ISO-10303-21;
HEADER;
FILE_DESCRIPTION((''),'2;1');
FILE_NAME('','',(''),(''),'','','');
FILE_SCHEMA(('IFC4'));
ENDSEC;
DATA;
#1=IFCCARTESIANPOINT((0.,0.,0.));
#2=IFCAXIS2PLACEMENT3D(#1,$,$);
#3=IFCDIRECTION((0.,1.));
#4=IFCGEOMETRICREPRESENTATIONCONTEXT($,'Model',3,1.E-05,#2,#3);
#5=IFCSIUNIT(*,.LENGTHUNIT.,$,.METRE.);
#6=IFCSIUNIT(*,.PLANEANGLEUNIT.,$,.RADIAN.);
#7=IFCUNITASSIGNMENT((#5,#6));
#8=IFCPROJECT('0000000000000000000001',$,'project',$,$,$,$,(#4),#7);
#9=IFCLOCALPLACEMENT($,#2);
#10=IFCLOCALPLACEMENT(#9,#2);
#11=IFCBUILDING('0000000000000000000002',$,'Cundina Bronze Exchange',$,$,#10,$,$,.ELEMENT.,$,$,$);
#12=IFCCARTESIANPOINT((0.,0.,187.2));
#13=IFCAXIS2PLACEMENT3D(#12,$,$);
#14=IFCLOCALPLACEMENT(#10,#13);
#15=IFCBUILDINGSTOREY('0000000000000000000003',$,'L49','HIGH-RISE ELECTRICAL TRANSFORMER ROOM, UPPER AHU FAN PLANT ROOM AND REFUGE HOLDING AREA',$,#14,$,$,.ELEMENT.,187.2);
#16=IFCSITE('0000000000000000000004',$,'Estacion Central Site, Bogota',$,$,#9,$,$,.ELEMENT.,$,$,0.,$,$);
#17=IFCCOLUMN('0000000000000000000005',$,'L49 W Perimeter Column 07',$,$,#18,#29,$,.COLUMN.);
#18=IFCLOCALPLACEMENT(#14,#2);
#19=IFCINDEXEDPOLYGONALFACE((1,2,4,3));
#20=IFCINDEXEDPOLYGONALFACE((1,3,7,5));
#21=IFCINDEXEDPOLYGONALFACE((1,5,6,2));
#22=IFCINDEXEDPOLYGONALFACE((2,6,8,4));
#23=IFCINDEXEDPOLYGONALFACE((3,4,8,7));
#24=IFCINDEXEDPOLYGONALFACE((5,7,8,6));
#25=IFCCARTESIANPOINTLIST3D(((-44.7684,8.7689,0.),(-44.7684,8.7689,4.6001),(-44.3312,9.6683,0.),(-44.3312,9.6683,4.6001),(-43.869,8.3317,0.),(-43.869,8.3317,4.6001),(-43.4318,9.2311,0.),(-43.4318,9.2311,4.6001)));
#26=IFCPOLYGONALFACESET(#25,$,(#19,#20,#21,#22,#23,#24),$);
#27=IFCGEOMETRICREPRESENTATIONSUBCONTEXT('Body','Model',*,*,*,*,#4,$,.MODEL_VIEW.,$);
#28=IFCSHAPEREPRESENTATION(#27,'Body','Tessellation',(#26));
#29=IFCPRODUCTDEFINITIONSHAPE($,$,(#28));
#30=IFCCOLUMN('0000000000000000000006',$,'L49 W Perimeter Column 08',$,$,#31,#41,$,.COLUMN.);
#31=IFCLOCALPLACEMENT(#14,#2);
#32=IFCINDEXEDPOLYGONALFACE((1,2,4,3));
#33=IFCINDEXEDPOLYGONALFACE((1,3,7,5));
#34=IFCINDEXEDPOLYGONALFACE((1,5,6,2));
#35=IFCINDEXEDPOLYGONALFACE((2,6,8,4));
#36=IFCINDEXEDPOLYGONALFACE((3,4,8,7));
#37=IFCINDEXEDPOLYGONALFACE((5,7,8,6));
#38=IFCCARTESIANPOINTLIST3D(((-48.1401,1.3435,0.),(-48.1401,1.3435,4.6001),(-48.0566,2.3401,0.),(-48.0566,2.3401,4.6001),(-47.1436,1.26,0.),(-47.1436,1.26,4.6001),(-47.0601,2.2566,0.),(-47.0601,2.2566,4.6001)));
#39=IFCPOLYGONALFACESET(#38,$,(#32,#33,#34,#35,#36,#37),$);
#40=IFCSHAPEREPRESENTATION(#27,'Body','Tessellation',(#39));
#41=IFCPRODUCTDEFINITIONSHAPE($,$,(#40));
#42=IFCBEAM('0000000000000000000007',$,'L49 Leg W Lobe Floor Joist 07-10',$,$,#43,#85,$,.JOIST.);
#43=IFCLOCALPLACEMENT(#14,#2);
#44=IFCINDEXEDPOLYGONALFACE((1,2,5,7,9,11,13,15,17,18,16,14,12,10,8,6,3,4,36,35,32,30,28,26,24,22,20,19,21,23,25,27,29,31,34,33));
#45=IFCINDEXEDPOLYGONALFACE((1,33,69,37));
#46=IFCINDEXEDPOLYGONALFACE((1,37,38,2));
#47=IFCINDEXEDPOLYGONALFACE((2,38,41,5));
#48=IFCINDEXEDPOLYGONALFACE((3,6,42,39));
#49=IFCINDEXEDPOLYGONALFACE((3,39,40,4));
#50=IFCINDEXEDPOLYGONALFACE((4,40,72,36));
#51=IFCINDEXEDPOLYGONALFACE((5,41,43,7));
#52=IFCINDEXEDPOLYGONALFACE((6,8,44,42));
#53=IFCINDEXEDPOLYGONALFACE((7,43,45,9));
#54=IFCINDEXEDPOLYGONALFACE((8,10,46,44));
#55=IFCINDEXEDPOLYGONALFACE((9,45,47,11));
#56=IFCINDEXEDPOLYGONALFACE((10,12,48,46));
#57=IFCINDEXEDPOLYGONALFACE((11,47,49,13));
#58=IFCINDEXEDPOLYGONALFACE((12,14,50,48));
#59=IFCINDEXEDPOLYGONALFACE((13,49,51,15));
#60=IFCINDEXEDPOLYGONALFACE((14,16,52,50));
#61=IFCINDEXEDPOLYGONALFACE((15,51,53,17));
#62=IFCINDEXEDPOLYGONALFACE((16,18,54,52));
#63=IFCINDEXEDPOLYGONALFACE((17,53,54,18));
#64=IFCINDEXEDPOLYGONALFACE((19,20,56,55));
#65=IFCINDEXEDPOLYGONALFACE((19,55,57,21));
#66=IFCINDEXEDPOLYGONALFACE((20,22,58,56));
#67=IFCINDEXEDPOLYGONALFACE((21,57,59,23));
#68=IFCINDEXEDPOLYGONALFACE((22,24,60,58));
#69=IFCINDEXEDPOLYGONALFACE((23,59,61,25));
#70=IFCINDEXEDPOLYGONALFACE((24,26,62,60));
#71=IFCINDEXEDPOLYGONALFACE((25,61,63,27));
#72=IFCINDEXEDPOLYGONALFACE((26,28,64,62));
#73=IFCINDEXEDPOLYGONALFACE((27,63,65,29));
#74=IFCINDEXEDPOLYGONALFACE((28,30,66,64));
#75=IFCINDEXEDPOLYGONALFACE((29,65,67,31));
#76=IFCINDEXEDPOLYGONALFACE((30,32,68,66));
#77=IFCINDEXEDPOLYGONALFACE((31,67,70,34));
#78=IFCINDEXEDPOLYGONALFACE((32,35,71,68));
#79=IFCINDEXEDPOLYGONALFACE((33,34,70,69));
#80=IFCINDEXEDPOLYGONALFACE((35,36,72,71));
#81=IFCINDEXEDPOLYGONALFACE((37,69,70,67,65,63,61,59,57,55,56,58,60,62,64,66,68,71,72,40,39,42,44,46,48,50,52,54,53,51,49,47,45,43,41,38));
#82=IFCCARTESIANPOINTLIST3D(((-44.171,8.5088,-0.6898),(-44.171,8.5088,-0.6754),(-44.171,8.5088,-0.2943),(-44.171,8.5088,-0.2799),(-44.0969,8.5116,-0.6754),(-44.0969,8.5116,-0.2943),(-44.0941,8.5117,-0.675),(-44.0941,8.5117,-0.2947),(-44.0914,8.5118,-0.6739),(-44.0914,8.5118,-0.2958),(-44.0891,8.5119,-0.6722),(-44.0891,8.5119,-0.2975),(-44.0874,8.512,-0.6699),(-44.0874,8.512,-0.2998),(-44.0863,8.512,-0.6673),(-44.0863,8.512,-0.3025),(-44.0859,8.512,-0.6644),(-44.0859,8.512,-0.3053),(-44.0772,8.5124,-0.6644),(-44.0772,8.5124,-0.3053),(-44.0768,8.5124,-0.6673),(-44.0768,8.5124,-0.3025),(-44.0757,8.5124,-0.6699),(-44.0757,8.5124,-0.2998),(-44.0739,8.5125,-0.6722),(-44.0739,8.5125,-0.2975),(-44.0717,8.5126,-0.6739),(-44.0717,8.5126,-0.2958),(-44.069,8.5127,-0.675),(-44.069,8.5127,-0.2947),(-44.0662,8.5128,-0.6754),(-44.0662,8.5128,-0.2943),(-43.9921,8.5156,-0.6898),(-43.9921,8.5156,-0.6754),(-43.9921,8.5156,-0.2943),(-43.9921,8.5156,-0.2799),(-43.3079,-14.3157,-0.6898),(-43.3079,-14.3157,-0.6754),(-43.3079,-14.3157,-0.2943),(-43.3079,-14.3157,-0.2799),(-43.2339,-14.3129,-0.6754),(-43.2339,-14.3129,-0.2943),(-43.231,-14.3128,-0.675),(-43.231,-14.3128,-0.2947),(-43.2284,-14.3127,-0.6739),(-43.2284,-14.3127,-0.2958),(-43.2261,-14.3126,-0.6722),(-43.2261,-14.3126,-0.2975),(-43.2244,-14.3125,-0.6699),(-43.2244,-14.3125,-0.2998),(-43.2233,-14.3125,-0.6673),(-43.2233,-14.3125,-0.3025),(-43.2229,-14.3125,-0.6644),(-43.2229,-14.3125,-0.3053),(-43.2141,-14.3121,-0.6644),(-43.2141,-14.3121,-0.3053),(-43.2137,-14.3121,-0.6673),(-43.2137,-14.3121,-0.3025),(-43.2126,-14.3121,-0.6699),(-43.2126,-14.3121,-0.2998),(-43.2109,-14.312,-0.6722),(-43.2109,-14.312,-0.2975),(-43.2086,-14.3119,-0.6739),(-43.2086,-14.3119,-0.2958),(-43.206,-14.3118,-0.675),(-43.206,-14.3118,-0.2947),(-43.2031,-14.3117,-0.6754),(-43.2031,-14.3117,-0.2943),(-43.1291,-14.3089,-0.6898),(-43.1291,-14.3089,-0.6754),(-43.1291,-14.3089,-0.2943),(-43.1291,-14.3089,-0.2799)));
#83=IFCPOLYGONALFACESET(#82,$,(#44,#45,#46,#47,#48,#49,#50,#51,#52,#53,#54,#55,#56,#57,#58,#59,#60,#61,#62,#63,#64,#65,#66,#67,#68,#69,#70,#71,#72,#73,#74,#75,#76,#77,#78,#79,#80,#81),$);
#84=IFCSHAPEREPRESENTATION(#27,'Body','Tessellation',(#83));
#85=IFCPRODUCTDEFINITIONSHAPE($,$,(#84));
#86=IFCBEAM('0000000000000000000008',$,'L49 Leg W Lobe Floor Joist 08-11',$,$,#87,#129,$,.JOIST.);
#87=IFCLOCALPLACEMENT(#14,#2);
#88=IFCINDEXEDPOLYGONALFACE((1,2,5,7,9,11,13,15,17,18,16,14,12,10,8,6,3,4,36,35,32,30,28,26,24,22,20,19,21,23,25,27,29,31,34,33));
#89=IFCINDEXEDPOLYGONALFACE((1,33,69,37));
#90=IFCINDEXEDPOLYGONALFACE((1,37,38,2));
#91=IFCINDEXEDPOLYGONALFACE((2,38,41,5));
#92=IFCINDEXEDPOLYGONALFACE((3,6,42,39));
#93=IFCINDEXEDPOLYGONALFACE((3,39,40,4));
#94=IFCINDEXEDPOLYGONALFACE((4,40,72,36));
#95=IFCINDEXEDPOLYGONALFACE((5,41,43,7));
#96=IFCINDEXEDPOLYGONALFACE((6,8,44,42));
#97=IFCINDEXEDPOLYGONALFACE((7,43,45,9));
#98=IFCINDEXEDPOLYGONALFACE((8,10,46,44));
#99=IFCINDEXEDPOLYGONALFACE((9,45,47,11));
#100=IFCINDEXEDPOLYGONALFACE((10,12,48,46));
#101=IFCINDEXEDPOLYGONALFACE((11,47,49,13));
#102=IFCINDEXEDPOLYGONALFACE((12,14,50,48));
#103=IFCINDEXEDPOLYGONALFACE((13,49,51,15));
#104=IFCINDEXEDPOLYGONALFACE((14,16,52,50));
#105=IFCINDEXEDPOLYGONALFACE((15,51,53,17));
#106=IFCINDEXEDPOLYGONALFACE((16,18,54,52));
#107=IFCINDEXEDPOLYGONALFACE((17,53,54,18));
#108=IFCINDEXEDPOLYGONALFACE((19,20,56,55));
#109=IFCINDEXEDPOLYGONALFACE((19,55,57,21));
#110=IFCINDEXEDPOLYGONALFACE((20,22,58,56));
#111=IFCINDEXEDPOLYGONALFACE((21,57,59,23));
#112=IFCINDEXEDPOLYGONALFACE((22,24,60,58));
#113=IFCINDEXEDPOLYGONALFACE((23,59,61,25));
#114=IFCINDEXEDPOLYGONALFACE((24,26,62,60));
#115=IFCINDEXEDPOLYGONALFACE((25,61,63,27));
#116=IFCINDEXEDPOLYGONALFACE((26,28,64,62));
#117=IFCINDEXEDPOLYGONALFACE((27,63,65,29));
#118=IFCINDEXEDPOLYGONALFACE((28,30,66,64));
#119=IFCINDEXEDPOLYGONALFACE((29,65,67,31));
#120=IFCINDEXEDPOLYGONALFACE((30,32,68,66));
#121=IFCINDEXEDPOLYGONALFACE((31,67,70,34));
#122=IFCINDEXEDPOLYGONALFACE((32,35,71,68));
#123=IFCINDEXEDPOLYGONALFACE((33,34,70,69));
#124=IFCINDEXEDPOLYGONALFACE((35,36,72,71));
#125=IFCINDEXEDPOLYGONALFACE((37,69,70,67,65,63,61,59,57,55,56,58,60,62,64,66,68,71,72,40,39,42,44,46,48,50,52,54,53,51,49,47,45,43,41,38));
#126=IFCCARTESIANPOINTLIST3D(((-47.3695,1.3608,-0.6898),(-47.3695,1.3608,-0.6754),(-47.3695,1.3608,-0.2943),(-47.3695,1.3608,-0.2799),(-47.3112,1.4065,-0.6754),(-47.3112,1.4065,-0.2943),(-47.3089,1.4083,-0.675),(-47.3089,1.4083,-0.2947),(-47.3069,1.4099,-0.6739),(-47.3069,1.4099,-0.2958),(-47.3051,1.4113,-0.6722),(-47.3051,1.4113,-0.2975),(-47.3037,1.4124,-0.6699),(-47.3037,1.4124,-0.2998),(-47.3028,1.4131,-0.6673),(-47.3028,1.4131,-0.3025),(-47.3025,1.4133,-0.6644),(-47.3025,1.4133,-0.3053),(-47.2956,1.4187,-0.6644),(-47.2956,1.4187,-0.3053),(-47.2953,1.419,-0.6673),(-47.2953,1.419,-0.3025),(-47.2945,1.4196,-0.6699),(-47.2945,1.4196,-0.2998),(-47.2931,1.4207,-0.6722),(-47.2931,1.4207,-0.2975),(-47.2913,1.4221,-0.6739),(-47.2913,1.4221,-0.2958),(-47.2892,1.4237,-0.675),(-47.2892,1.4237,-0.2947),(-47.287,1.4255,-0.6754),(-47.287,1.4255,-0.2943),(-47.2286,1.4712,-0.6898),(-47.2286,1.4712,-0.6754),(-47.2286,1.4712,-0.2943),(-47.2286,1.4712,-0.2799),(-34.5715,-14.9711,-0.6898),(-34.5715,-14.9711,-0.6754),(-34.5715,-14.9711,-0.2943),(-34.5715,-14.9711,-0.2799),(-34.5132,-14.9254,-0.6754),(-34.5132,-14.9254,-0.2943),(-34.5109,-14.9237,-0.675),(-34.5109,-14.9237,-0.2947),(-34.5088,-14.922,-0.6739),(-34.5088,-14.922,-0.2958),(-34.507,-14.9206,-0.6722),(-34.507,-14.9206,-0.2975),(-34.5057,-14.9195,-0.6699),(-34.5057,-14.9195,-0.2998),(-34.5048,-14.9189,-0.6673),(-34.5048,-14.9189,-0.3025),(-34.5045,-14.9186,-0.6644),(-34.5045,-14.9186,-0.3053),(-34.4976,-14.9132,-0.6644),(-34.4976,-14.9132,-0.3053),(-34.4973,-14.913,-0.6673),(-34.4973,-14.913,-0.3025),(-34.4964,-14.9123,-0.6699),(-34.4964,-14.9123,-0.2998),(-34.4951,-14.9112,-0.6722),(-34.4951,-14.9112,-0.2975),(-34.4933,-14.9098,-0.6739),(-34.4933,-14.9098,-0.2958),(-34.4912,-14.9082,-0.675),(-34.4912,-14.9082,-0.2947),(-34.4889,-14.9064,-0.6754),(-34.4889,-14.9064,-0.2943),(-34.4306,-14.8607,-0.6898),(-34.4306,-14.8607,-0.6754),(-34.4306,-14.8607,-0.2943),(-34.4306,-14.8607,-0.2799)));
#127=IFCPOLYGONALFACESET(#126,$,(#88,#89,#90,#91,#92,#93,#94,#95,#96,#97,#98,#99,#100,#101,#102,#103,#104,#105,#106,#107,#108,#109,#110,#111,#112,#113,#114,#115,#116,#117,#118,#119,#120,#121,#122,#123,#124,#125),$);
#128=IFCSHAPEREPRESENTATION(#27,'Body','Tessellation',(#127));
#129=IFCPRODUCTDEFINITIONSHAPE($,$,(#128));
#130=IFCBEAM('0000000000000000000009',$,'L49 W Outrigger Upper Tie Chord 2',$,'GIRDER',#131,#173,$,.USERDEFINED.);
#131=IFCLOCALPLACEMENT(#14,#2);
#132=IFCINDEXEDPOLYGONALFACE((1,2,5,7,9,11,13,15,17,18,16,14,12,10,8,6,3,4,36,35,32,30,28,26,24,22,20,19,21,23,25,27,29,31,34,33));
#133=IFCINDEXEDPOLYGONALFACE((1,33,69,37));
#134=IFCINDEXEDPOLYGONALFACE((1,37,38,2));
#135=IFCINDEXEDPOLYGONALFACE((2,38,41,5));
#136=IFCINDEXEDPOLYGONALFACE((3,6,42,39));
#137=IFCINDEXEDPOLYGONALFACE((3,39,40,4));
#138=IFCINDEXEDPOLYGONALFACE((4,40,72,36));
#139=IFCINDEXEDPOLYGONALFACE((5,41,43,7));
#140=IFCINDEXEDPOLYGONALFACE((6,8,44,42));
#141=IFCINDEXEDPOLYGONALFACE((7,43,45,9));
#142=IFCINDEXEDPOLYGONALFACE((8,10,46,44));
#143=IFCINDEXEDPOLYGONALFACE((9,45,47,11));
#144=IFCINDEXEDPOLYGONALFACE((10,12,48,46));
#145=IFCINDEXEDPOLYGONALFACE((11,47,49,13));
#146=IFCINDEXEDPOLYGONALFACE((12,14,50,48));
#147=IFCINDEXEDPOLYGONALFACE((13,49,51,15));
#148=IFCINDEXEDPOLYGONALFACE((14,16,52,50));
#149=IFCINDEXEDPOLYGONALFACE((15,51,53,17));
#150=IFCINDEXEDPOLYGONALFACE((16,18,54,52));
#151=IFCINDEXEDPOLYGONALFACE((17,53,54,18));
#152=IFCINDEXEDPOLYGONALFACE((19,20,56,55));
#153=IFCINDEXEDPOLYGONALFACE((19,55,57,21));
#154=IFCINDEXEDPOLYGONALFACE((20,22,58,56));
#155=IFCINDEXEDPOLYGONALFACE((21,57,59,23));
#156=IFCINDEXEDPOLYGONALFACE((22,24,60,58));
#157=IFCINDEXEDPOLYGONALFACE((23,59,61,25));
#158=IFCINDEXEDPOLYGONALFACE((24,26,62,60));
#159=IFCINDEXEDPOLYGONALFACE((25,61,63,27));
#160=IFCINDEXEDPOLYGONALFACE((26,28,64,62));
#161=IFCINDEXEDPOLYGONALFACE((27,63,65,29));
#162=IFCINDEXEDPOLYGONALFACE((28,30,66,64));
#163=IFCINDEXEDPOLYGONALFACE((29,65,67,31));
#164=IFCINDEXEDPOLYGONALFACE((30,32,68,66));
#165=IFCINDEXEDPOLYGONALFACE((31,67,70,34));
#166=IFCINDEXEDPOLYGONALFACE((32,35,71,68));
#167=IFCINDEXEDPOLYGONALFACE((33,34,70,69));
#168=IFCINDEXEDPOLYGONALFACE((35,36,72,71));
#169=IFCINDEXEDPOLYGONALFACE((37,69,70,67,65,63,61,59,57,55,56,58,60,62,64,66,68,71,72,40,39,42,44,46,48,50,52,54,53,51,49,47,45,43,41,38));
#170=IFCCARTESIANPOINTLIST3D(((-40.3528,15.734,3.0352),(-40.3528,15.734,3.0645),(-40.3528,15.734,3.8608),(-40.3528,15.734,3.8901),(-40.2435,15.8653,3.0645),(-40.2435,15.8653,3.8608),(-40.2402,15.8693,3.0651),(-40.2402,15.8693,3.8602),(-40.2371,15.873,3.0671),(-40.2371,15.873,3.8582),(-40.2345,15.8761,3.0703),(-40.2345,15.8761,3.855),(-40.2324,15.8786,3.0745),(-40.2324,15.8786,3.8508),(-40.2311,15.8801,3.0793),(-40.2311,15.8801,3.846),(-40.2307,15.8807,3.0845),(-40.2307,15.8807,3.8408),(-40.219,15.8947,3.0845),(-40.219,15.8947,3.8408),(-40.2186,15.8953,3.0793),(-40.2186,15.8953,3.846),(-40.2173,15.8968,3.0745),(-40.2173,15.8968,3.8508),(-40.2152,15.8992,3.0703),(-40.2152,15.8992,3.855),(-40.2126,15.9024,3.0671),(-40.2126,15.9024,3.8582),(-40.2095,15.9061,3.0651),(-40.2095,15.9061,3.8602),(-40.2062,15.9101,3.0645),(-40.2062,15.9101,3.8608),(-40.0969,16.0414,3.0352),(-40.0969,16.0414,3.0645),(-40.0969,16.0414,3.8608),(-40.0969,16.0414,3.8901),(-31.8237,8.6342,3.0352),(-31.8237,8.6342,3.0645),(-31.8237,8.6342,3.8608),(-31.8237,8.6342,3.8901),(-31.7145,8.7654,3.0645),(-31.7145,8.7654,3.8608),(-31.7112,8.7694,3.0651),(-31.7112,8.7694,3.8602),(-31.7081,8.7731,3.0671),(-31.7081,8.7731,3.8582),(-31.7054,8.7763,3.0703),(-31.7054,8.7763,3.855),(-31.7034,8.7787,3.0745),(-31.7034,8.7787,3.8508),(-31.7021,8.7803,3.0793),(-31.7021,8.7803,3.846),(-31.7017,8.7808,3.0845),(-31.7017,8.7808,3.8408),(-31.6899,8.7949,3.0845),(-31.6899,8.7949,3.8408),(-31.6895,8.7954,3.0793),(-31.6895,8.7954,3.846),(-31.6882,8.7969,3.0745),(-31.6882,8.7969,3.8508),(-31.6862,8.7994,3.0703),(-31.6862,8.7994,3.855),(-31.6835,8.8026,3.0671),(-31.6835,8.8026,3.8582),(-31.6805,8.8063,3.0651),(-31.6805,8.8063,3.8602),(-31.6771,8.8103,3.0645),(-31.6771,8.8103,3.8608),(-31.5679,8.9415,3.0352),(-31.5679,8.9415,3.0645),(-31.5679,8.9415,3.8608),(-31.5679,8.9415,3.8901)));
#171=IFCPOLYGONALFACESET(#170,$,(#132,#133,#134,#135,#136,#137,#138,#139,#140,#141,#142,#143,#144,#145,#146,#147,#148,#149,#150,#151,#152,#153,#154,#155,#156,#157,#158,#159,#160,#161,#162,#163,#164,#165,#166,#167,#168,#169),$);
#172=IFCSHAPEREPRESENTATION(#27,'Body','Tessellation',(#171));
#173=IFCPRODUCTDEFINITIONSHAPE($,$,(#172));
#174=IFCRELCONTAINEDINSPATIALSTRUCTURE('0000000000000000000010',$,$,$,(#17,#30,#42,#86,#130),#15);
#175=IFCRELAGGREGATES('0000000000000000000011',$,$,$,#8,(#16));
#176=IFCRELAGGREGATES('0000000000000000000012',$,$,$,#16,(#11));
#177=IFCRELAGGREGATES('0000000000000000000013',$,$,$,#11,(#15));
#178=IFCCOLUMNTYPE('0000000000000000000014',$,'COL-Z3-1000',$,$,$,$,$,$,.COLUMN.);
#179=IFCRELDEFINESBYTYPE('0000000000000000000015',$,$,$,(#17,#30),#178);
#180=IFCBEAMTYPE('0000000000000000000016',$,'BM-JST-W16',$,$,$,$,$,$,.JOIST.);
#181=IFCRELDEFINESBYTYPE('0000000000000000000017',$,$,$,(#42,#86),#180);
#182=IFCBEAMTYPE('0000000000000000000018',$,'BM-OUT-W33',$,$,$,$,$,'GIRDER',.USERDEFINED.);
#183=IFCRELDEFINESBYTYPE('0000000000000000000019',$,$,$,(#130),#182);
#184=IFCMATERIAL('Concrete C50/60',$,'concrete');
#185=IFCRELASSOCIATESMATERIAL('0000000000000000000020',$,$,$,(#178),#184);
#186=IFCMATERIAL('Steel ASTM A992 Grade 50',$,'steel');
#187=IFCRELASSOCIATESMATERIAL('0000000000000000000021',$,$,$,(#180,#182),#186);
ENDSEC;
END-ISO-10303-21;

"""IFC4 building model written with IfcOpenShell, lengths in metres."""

from ifc_helpers import new_model, si_unit, direction, frame, origin, origin_2d, place, context, subcontext, project, spatial, rectangle, i_section, extrude, material, material_profile, profile_set, type_object, element, save


model = new_model("IFC4")

# Units and contexts
model_context = context("Model", 3, precision=1e-05, world=origin(), true_north=direction((0.0, 1.0)))
body_context = subcontext(model_context, "Body", "Model", "MODEL_VIEW")
ifc_project = project(units=[si_unit("LENGTHUNIT", "METRE"), si_unit("PLANEANGLEUNIT", "RADIAN")], contexts=[model_context])

# Site, building, storey
site_placement = place(None, origin())
site = spatial("IfcSite", under=ifc_project, at=site_placement, Name="Estacion Central Site, Bogota", CompositionType="ELEMENT", RefElevation=0.0)
building_placement = place(site_placement, origin())
building = spatial("IfcBuilding", under=site, at=building_placement, Name="Cundina Bronze Exchange", CompositionType="ELEMENT")
storey_placement = place(building_placement, frame((0.0, 0.0, 187.2)))
storey = spatial("IfcBuildingStorey", under=building, at=storey_placement, Name="L49", Description="HIGH-RISE ELECTRICAL TRANSFORMER ROOM, UPPER AHU FAN PLANT ROOM AND REFUGE HOLDING AREA", CompositionType="ELEMENT", Elevation=187.2)

# Columns
ifc_material_1 = material(Name="Concrete C50/60", Category="concrete")
ifc_material_profile_1 = material_profile(ifc_material_1, rectangle(XDim=1.0, YDim=1.0, at=origin_2d()), Name="RC1000X1000", Category="concrete")
ifc_profile_set_1 = profile_set([ifc_material_profile_1], Name="Concrete C50/60")
column_type = type_object("IfcColumnType", Name="COL-Z3-1000", PredefinedType="COLUMN", material=ifc_profile_set_1)
for number, where, z_axis, x_axis, name in (
    (1, (-44.1001, 9.0, 0.0), (0.0, 0.0, 1.0), (-0.437116, -0.899405, 0.0), "L49 W Perimeter Column 07"),
    (2, (-47.6001, 1.8, 0.0), (0.0, 0.0, 1.0), (-0.083504, -0.996507, 0.0), "L49 W Perimeter Column 08"),
):
    element("IfcColumn", number, at=place(storey_placement, frame(where, z_axis=z_axis, x_axis=x_axis)), inside=storey, type_object=column_type, Name=name, PredefinedType="COLUMN", context=body_context, shape_type="SweptSolid", body=[
        extrude(rectangle(XDim=1.0, YDim=1.0, at=origin_2d()), origin(), (0.0, 0.0, 1.0), 4.6001),
    ])

# Beams
ifc_material_2 = material(Name="Steel ASTM A992 Grade 50", Category="steel")
ifc_material_profile_2 = material_profile(ifc_material_2, i_section(OverallWidth=0.179, OverallDepth=0.4099, WebThickness=0.0088, FlangeThickness=0.0144, FilletRadius=0.011, at=origin_2d()), Name="W16X45", Category="steel")
ifc_profile_set_2 = profile_set([ifc_material_profile_2], Name="Steel ASTM A992 Grade 50")
beam_type_1 = type_object("IfcBeamType", Name="BM-JST-W16", PredefinedType="JOIST", material=ifc_profile_set_2)
beam_1_placement = place(storey_placement, frame((-44.0815, 8.5122, -0.4849), z_axis=(0.037785, -0.999286, 0.0), x_axis=(0.999286, 0.037785, 0.0)))
element("IfcBeam", 3, at=beam_1_placement, inside=storey, type_object=beam_type_1, Name="L49 Leg W Lobe Floor Joist 07-10", PredefinedType="JOIST", context=body_context, shape_type="SweptSolid", body=[
    extrude(i_section(OverallWidth=0.179, OverallDepth=0.4099, WebThickness=0.0088, FlangeThickness=0.0144, FilletRadius=0.011, at=origin_2d()), origin(), (0.0, 0.0, 1.0), 22.8408),
])
beam_2_placement = place(storey_placement, frame((-47.2991, 1.416, -0.4849), z_axis=(0.616801, -0.787119, 0.0), x_axis=(0.787119, 0.616801, 0.0)))
element("IfcBeam", 4, at=beam_2_placement, inside=storey, type_object=beam_type_1, Name="L49 Leg W Lobe Floor Joist 08-11", PredefinedType="JOIST", context=body_context, shape_type="SweptSolid", body=[
    extrude(i_section(OverallWidth=0.179, OverallDepth=0.4099, WebThickness=0.0088, FlangeThickness=0.0144, FilletRadius=0.011, at=origin_2d()), origin(), (0.0, 0.0, 1.0), 20.749),
])
ifc_material_profile_3 = material_profile(ifc_material_2, i_section(OverallWidth=0.3999, OverallDepth=0.855, WebThickness=0.0183, FlangeThickness=0.0293, FilletRadius=0.02, at=origin_2d()), Name="W33X201", Category="steel")
ifc_profile_set_3 = profile_set([ifc_material_profile_3], Name="Steel ASTM A992 Grade 50")
beam_type_2 = type_object("IfcBeamType", Name="BM-OUT-W33", ElementType="GIRDER", PredefinedType="USERDEFINED", material=ifc_profile_set_3)
beam_3_placement = place(storey_placement, frame((-31.6958, 8.7878, 3.4626), z_axis=(-0.768562, 0.639775, 0.0), x_axis=(-0.639775, -0.768562, 0.0)))
element("IfcBeam", 5, at=beam_3_placement, inside=storey, type_object=beam_type_2, Name="L49 W Outrigger Upper Tie Chord 2", ObjectType="GIRDER", PredefinedType="USERDEFINED", context=body_context, shape_type="SweptSolid", body=[
    extrude(i_section(OverallWidth=0.3999, OverallDepth=0.855, WebThickness=0.0183, FlangeThickness=0.0293, FilletRadius=0.02, at=origin_2d()), origin(), (0.0, 0.0, 1.0), 11.0974),
])

save(model, "model.ifc")
